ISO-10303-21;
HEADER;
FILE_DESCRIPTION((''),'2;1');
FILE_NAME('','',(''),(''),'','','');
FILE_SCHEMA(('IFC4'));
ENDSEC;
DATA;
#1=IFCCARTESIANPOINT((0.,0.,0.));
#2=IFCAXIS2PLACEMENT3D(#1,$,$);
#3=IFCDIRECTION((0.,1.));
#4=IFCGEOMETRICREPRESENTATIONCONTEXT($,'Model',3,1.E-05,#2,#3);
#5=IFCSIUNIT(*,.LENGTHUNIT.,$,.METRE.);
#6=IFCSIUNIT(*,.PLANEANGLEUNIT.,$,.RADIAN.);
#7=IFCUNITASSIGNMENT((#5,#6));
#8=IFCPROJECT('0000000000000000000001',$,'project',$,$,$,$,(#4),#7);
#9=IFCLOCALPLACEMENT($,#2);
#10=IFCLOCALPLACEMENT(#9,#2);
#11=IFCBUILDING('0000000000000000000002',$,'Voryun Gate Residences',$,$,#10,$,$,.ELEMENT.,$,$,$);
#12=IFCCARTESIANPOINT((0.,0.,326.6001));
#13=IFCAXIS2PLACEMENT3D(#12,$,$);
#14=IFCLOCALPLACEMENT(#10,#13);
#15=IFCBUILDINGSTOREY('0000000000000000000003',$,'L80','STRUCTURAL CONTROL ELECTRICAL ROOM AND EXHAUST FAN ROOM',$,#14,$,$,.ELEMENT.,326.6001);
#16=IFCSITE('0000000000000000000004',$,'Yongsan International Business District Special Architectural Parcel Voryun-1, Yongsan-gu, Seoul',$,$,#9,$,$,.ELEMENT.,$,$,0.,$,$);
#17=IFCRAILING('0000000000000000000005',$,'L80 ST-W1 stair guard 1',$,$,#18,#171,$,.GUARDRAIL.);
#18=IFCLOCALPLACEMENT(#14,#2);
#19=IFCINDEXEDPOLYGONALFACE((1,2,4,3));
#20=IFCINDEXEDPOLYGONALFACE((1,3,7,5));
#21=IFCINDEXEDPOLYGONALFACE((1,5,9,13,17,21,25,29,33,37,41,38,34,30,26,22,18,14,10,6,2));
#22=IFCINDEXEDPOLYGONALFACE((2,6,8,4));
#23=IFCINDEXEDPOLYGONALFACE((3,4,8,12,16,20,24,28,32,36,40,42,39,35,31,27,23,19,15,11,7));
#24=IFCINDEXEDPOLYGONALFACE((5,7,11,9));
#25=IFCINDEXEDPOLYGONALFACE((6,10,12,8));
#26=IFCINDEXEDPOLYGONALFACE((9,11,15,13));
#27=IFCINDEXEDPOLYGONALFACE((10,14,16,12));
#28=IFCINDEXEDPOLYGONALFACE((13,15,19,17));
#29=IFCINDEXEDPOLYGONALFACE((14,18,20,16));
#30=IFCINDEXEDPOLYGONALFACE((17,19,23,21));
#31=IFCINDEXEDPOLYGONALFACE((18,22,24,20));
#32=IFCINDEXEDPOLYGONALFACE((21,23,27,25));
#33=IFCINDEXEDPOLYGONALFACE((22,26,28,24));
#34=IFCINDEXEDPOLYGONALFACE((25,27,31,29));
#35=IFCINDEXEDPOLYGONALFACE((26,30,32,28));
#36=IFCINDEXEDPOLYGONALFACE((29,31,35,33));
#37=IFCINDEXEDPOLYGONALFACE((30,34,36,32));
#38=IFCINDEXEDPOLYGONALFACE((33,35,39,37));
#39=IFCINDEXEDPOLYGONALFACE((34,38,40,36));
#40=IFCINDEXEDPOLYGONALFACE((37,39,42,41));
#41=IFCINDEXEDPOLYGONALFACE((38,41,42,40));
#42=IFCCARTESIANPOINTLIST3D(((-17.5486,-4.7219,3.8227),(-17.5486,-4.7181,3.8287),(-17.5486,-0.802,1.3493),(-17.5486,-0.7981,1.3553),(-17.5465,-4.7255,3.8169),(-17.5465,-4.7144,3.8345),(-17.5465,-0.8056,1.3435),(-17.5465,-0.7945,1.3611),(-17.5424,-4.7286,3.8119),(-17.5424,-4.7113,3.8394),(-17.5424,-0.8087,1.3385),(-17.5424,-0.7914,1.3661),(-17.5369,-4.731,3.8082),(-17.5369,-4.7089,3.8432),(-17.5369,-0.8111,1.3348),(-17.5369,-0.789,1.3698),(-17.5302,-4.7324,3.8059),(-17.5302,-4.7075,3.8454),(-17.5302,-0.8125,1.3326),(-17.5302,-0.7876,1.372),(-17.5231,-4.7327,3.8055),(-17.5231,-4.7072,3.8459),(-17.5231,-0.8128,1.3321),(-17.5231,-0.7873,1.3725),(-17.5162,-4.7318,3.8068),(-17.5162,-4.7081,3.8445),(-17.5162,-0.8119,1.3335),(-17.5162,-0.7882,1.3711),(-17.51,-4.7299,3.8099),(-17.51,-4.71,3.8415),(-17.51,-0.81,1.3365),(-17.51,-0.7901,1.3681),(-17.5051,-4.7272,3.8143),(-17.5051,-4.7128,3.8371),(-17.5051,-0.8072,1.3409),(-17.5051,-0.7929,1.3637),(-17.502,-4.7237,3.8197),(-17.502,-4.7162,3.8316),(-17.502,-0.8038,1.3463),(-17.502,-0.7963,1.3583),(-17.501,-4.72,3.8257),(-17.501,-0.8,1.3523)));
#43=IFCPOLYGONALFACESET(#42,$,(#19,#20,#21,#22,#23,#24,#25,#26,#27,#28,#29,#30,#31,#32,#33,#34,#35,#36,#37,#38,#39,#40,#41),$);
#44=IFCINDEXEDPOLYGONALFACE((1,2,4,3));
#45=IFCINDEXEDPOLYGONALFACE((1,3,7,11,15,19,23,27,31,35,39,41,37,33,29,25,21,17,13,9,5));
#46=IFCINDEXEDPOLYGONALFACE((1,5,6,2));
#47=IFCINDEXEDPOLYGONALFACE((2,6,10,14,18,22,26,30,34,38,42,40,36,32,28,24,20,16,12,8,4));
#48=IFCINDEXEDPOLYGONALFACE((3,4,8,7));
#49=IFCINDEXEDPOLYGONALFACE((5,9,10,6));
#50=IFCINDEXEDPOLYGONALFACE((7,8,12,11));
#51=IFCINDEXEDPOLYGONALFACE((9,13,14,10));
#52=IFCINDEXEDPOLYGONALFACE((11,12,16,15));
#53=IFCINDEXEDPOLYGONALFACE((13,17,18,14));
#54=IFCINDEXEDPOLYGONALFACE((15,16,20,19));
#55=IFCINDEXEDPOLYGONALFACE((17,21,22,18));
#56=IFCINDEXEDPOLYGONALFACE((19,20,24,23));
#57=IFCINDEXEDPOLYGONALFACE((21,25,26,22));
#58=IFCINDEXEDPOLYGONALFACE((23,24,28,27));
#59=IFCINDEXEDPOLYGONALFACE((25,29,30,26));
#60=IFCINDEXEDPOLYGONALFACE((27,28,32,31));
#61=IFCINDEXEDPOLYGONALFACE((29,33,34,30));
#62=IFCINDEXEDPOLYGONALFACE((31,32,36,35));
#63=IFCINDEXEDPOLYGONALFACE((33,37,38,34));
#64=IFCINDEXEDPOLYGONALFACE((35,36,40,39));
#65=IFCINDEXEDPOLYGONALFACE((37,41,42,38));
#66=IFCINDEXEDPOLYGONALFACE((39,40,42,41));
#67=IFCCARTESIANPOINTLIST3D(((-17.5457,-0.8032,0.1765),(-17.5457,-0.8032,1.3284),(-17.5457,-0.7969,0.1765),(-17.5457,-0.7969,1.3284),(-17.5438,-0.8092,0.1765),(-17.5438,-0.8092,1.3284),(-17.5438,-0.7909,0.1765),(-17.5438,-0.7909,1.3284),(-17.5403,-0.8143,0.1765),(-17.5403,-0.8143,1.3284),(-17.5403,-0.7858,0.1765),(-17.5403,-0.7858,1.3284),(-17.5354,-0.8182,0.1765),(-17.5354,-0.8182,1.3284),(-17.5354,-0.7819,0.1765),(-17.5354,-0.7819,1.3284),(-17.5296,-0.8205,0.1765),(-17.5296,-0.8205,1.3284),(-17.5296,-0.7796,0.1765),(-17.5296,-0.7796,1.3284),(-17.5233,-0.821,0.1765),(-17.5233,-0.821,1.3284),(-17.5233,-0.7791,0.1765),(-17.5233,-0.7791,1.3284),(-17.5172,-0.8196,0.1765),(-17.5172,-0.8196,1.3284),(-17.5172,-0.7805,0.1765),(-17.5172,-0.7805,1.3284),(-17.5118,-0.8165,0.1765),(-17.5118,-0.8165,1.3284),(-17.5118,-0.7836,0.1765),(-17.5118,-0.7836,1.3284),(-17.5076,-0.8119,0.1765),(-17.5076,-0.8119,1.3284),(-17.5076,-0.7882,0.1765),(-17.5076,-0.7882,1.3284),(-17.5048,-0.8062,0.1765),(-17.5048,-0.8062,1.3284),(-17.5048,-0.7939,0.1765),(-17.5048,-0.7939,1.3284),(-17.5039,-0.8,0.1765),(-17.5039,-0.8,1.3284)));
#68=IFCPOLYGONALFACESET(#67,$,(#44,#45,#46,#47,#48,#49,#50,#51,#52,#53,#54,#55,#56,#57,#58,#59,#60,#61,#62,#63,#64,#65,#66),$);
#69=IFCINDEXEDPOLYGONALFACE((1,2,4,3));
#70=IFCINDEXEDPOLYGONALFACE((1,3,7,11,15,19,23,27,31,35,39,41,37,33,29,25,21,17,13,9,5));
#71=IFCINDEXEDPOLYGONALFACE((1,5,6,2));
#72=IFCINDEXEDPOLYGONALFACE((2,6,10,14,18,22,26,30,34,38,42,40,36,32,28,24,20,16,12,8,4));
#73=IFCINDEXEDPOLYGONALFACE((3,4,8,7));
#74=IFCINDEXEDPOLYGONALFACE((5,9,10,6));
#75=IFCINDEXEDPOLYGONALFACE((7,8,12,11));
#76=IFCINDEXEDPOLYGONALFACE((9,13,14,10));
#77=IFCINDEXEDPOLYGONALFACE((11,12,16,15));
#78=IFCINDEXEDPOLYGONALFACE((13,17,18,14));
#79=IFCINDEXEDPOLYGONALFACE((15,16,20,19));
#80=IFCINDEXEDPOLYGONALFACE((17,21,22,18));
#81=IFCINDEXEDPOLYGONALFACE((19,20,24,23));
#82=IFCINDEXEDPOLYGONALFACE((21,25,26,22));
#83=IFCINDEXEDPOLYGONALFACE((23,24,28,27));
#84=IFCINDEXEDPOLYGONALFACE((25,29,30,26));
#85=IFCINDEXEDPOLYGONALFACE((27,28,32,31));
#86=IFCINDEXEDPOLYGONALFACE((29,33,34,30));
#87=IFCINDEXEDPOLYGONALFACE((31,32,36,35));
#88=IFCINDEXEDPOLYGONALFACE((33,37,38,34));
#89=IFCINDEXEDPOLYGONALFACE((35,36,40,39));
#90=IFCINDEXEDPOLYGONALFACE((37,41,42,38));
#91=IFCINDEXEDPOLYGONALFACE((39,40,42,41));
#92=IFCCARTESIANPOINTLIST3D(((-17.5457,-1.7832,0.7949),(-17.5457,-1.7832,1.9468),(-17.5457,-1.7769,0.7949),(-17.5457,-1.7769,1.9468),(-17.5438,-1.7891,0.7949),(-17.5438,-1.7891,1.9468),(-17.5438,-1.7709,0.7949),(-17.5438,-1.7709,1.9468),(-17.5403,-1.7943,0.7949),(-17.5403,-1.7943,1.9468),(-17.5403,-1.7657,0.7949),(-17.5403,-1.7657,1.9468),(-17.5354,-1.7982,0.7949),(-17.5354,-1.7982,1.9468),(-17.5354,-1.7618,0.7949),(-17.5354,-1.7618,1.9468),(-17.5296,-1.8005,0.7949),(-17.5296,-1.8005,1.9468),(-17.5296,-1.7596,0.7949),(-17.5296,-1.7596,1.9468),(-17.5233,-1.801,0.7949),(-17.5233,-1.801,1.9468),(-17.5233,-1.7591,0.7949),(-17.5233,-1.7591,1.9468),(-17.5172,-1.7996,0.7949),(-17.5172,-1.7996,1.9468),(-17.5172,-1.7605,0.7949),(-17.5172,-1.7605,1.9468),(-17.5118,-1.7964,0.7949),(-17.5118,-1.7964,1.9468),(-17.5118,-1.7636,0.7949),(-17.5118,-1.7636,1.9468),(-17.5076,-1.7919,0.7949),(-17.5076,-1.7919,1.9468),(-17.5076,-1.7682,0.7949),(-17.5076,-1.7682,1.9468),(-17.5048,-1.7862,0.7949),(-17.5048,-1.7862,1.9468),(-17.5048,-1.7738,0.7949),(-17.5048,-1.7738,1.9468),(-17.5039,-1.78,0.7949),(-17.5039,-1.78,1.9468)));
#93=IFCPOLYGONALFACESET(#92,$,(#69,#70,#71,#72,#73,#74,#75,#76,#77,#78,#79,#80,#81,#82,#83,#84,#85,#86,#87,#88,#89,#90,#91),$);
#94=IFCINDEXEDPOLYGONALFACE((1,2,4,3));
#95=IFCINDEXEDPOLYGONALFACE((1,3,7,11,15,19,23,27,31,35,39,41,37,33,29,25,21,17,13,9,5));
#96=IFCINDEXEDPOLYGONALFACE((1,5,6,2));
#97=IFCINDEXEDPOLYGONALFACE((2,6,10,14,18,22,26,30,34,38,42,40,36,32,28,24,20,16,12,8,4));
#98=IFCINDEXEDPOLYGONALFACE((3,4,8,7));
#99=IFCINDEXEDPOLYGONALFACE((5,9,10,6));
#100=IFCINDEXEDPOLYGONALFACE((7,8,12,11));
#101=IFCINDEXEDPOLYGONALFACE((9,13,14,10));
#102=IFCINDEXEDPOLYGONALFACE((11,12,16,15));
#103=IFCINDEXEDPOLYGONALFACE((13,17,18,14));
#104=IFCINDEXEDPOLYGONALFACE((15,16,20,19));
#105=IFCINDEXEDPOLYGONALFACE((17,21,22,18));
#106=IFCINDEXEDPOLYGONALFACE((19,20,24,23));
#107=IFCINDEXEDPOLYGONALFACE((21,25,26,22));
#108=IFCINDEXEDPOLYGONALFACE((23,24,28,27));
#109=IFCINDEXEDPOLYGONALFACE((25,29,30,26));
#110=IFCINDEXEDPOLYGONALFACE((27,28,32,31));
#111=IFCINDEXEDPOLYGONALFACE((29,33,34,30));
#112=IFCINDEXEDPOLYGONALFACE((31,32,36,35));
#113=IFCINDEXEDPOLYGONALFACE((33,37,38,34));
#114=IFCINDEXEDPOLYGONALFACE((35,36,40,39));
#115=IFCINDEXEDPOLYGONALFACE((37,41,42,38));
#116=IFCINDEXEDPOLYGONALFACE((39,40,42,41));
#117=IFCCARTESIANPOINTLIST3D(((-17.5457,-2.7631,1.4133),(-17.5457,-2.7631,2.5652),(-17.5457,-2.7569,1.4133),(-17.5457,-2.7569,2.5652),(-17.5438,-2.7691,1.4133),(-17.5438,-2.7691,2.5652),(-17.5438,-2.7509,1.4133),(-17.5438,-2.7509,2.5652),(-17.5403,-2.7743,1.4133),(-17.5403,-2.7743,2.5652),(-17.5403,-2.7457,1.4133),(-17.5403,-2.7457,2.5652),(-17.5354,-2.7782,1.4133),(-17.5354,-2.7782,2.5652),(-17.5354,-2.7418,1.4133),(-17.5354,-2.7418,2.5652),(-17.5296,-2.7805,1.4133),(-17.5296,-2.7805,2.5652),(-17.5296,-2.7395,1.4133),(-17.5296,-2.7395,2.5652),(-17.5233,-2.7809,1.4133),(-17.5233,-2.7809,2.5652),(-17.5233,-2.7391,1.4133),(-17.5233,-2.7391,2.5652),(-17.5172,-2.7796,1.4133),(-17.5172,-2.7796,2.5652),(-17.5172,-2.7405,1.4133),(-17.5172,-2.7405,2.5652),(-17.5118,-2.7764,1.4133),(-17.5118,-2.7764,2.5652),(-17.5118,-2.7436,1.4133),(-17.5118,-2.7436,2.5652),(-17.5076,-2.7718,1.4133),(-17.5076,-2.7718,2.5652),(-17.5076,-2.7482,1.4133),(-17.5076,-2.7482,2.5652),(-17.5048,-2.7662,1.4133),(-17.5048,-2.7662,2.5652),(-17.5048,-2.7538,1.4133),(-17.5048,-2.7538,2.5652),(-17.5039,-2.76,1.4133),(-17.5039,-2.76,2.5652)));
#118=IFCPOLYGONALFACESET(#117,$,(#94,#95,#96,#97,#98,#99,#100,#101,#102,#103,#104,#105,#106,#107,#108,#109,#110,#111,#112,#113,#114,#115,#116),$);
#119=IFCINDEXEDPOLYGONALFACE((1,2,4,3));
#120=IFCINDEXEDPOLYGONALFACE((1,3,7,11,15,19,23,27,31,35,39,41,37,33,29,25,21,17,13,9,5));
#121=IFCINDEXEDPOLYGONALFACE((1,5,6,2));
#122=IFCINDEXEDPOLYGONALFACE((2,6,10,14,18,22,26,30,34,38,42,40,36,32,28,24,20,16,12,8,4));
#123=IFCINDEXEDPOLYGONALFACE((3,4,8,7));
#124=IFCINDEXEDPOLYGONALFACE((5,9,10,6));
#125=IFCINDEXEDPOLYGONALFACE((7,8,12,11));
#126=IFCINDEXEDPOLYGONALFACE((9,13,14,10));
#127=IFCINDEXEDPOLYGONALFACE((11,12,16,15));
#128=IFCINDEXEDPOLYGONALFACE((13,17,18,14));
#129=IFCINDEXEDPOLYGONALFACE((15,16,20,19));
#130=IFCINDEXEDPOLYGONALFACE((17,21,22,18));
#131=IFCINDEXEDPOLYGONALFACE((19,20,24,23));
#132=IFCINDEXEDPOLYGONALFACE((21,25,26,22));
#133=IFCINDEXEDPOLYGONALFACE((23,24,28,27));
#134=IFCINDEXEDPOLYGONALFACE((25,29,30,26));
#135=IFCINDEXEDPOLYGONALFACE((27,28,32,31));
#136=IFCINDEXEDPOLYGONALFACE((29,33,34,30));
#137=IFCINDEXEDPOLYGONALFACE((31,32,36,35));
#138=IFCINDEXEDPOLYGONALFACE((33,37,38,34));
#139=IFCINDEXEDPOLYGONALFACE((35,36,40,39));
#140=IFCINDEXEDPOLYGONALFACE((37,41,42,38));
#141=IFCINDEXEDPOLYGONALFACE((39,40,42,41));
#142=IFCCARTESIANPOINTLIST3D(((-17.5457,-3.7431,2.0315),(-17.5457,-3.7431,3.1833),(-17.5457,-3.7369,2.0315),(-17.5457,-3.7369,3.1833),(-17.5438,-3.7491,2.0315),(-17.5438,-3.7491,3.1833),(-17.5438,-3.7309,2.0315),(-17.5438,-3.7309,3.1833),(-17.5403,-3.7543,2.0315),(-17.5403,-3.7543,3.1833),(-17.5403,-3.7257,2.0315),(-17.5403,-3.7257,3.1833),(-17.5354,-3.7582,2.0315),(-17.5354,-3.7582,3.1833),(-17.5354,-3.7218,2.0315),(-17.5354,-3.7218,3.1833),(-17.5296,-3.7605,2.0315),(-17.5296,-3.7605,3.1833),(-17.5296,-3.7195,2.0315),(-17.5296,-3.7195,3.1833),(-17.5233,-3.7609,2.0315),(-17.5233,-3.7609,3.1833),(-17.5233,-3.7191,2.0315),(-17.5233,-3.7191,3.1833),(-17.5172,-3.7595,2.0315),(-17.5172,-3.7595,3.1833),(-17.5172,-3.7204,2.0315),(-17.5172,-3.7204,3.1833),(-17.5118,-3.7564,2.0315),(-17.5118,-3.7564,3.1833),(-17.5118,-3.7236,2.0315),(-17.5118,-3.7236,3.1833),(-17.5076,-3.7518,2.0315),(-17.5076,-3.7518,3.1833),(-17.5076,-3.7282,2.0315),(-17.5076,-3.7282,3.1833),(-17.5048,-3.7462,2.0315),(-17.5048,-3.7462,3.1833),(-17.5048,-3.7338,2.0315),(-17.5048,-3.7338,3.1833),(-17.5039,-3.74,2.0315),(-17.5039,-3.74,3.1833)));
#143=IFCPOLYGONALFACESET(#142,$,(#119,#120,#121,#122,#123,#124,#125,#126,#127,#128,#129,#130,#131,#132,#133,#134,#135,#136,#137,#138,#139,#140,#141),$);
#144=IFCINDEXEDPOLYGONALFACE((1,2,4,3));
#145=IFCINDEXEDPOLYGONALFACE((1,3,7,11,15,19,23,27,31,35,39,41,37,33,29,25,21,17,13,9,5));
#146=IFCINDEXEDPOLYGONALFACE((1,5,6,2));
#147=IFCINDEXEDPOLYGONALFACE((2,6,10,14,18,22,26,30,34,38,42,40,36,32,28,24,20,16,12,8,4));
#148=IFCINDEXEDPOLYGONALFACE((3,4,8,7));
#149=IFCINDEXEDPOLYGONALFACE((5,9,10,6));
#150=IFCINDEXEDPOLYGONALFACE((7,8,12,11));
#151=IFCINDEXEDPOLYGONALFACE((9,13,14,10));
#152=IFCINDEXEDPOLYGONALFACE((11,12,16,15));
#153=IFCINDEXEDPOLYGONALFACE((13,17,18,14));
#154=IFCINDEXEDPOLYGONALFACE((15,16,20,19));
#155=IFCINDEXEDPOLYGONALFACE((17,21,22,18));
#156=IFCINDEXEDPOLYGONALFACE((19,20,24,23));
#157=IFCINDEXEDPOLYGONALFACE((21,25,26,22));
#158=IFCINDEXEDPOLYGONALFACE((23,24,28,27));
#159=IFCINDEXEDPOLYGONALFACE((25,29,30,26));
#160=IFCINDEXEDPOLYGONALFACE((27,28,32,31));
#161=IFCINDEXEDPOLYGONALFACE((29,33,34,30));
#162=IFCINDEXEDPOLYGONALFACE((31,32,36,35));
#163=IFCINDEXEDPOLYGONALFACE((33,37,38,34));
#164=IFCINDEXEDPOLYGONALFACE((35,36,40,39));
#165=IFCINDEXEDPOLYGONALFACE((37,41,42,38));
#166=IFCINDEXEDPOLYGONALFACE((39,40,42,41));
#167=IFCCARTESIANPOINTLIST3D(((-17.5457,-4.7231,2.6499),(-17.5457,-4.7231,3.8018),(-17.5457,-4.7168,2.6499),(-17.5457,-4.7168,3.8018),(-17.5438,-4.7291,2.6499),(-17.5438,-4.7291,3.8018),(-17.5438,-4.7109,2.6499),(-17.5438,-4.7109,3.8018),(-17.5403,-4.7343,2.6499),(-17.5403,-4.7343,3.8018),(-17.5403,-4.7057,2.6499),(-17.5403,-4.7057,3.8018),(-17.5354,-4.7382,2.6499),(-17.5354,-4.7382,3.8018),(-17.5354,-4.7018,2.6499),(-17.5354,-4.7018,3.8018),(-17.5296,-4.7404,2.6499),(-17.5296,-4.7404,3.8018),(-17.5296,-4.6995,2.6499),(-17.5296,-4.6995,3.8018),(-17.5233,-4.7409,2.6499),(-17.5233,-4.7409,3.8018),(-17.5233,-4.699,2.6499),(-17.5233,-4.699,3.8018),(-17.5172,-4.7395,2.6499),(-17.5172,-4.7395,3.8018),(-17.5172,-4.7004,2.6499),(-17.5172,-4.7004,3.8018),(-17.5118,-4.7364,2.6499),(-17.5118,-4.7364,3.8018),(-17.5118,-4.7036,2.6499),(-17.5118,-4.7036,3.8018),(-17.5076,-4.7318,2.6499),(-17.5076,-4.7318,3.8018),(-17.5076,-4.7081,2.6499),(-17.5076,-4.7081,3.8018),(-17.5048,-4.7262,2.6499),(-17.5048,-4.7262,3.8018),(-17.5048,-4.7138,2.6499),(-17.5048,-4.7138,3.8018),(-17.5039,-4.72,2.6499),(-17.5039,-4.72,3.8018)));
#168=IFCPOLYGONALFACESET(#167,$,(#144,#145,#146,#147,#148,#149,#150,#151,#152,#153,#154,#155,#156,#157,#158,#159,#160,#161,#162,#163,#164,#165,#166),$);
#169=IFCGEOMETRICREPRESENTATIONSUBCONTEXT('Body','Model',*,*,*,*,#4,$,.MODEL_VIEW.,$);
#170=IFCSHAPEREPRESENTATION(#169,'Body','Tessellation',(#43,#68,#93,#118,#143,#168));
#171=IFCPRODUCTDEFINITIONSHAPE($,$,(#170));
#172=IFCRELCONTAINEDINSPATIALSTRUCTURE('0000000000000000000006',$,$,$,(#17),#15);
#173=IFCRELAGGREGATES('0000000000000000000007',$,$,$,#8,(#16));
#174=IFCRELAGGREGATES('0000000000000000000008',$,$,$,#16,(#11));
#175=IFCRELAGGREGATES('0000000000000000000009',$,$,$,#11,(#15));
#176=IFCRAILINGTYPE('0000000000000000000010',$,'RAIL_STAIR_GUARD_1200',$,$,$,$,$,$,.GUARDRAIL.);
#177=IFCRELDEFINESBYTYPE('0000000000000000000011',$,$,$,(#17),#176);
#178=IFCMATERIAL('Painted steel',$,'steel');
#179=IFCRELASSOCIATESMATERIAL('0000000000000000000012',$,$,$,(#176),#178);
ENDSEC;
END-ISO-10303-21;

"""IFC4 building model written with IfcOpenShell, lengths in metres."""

from ifc_helpers import new_model, si_unit, direction, frame, origin, origin_2d, place, context, subcontext, project, spatial, circle, extrude, material, type_object, element, save


model = new_model("IFC4")

# Units and contexts
model_context = context("Model", 3, precision=1e-05, world=origin(), true_north=direction((0.0, 1.0)))
body_context = subcontext(model_context, "Body", "Model", "MODEL_VIEW")
ifc_project = project(units=[si_unit("LENGTHUNIT", "METRE"), si_unit("PLANEANGLEUNIT", "RADIAN")], contexts=[model_context])

# Site, building, storey
site_placement = place(None, origin())
site = spatial("IfcSite", under=ifc_project, at=site_placement, Name="Yongsan International Business District Special Architectural Parcel Voryun-1, Yongsan-gu, Seoul", CompositionType="ELEMENT", RefElevation=0.0)
building_placement = place(site_placement, origin())
building = spatial("IfcBuilding", under=site, at=building_placement, Name="Voryun Gate Residences", CompositionType="ELEMENT")
storey_placement = place(building_placement, frame((0.0, 0.0, 326.6001)))
storey = spatial("IfcBuildingStorey", under=building, at=storey_placement, Name="L80", Description="STRUCTURAL CONTROL ELECTRICAL ROOM AND EXHAUST FAN ROOM", CompositionType="ELEMENT", Elevation=326.6001)

# Railing
ifc_material_1 = material(Name="Painted steel", Category="steel")
railing_type_1 = type_object("IfcRailingType", Name="RAIL_STAIR_GUARD_1200", PredefinedType="GUARDRAIL", material=ifc_material_1)
railing_1_placement = place(storey_placement, frame((-17.5249, -0.8, 0.1765)))
element("IfcRailing", 1, at=railing_1_placement, inside=storey, type_object=railing_type_1, Name="L80 ST-W1 stair guard 1", PredefinedType="GUARDRAIL", context=body_context, shape_type="SweptSolid", body=[
    extrude(circle(Radius=0.0239, at=origin_2d()), frame((0.0, 0.0, 1.1758), z_axis=(0.0, -0.845718, 0.53363), x_axis=(1.0, 0.0, 0.0)), (0.0, 0.0, 1.0), 4.635),
    extrude(circle(Radius=0.021, at=origin_2d()), origin(), (0.0, 0.0, 1.0), 1.1519),
    extrude(circle(Radius=0.021, at=origin_2d()), frame((0.0, -0.98, 0.6184)), (0.0, 0.0, 1.0), 1.1519),
    extrude(circle(Radius=0.021, at=origin_2d()), frame((0.0, -1.96, 1.2368)), (0.0, 0.0, 1.0), 1.1519),
    extrude(circle(Radius=0.021, at=origin_2d()), frame((0.0, -2.9399, 1.855)), (0.0, 0.0, 1.0), 1.1519),
    extrude(circle(Radius=0.021, at=origin_2d()), frame((0.0, -3.9199, 2.4734)), (0.0, 0.0, 1.0), 1.1519),
])

save(model, "model.ifc")
